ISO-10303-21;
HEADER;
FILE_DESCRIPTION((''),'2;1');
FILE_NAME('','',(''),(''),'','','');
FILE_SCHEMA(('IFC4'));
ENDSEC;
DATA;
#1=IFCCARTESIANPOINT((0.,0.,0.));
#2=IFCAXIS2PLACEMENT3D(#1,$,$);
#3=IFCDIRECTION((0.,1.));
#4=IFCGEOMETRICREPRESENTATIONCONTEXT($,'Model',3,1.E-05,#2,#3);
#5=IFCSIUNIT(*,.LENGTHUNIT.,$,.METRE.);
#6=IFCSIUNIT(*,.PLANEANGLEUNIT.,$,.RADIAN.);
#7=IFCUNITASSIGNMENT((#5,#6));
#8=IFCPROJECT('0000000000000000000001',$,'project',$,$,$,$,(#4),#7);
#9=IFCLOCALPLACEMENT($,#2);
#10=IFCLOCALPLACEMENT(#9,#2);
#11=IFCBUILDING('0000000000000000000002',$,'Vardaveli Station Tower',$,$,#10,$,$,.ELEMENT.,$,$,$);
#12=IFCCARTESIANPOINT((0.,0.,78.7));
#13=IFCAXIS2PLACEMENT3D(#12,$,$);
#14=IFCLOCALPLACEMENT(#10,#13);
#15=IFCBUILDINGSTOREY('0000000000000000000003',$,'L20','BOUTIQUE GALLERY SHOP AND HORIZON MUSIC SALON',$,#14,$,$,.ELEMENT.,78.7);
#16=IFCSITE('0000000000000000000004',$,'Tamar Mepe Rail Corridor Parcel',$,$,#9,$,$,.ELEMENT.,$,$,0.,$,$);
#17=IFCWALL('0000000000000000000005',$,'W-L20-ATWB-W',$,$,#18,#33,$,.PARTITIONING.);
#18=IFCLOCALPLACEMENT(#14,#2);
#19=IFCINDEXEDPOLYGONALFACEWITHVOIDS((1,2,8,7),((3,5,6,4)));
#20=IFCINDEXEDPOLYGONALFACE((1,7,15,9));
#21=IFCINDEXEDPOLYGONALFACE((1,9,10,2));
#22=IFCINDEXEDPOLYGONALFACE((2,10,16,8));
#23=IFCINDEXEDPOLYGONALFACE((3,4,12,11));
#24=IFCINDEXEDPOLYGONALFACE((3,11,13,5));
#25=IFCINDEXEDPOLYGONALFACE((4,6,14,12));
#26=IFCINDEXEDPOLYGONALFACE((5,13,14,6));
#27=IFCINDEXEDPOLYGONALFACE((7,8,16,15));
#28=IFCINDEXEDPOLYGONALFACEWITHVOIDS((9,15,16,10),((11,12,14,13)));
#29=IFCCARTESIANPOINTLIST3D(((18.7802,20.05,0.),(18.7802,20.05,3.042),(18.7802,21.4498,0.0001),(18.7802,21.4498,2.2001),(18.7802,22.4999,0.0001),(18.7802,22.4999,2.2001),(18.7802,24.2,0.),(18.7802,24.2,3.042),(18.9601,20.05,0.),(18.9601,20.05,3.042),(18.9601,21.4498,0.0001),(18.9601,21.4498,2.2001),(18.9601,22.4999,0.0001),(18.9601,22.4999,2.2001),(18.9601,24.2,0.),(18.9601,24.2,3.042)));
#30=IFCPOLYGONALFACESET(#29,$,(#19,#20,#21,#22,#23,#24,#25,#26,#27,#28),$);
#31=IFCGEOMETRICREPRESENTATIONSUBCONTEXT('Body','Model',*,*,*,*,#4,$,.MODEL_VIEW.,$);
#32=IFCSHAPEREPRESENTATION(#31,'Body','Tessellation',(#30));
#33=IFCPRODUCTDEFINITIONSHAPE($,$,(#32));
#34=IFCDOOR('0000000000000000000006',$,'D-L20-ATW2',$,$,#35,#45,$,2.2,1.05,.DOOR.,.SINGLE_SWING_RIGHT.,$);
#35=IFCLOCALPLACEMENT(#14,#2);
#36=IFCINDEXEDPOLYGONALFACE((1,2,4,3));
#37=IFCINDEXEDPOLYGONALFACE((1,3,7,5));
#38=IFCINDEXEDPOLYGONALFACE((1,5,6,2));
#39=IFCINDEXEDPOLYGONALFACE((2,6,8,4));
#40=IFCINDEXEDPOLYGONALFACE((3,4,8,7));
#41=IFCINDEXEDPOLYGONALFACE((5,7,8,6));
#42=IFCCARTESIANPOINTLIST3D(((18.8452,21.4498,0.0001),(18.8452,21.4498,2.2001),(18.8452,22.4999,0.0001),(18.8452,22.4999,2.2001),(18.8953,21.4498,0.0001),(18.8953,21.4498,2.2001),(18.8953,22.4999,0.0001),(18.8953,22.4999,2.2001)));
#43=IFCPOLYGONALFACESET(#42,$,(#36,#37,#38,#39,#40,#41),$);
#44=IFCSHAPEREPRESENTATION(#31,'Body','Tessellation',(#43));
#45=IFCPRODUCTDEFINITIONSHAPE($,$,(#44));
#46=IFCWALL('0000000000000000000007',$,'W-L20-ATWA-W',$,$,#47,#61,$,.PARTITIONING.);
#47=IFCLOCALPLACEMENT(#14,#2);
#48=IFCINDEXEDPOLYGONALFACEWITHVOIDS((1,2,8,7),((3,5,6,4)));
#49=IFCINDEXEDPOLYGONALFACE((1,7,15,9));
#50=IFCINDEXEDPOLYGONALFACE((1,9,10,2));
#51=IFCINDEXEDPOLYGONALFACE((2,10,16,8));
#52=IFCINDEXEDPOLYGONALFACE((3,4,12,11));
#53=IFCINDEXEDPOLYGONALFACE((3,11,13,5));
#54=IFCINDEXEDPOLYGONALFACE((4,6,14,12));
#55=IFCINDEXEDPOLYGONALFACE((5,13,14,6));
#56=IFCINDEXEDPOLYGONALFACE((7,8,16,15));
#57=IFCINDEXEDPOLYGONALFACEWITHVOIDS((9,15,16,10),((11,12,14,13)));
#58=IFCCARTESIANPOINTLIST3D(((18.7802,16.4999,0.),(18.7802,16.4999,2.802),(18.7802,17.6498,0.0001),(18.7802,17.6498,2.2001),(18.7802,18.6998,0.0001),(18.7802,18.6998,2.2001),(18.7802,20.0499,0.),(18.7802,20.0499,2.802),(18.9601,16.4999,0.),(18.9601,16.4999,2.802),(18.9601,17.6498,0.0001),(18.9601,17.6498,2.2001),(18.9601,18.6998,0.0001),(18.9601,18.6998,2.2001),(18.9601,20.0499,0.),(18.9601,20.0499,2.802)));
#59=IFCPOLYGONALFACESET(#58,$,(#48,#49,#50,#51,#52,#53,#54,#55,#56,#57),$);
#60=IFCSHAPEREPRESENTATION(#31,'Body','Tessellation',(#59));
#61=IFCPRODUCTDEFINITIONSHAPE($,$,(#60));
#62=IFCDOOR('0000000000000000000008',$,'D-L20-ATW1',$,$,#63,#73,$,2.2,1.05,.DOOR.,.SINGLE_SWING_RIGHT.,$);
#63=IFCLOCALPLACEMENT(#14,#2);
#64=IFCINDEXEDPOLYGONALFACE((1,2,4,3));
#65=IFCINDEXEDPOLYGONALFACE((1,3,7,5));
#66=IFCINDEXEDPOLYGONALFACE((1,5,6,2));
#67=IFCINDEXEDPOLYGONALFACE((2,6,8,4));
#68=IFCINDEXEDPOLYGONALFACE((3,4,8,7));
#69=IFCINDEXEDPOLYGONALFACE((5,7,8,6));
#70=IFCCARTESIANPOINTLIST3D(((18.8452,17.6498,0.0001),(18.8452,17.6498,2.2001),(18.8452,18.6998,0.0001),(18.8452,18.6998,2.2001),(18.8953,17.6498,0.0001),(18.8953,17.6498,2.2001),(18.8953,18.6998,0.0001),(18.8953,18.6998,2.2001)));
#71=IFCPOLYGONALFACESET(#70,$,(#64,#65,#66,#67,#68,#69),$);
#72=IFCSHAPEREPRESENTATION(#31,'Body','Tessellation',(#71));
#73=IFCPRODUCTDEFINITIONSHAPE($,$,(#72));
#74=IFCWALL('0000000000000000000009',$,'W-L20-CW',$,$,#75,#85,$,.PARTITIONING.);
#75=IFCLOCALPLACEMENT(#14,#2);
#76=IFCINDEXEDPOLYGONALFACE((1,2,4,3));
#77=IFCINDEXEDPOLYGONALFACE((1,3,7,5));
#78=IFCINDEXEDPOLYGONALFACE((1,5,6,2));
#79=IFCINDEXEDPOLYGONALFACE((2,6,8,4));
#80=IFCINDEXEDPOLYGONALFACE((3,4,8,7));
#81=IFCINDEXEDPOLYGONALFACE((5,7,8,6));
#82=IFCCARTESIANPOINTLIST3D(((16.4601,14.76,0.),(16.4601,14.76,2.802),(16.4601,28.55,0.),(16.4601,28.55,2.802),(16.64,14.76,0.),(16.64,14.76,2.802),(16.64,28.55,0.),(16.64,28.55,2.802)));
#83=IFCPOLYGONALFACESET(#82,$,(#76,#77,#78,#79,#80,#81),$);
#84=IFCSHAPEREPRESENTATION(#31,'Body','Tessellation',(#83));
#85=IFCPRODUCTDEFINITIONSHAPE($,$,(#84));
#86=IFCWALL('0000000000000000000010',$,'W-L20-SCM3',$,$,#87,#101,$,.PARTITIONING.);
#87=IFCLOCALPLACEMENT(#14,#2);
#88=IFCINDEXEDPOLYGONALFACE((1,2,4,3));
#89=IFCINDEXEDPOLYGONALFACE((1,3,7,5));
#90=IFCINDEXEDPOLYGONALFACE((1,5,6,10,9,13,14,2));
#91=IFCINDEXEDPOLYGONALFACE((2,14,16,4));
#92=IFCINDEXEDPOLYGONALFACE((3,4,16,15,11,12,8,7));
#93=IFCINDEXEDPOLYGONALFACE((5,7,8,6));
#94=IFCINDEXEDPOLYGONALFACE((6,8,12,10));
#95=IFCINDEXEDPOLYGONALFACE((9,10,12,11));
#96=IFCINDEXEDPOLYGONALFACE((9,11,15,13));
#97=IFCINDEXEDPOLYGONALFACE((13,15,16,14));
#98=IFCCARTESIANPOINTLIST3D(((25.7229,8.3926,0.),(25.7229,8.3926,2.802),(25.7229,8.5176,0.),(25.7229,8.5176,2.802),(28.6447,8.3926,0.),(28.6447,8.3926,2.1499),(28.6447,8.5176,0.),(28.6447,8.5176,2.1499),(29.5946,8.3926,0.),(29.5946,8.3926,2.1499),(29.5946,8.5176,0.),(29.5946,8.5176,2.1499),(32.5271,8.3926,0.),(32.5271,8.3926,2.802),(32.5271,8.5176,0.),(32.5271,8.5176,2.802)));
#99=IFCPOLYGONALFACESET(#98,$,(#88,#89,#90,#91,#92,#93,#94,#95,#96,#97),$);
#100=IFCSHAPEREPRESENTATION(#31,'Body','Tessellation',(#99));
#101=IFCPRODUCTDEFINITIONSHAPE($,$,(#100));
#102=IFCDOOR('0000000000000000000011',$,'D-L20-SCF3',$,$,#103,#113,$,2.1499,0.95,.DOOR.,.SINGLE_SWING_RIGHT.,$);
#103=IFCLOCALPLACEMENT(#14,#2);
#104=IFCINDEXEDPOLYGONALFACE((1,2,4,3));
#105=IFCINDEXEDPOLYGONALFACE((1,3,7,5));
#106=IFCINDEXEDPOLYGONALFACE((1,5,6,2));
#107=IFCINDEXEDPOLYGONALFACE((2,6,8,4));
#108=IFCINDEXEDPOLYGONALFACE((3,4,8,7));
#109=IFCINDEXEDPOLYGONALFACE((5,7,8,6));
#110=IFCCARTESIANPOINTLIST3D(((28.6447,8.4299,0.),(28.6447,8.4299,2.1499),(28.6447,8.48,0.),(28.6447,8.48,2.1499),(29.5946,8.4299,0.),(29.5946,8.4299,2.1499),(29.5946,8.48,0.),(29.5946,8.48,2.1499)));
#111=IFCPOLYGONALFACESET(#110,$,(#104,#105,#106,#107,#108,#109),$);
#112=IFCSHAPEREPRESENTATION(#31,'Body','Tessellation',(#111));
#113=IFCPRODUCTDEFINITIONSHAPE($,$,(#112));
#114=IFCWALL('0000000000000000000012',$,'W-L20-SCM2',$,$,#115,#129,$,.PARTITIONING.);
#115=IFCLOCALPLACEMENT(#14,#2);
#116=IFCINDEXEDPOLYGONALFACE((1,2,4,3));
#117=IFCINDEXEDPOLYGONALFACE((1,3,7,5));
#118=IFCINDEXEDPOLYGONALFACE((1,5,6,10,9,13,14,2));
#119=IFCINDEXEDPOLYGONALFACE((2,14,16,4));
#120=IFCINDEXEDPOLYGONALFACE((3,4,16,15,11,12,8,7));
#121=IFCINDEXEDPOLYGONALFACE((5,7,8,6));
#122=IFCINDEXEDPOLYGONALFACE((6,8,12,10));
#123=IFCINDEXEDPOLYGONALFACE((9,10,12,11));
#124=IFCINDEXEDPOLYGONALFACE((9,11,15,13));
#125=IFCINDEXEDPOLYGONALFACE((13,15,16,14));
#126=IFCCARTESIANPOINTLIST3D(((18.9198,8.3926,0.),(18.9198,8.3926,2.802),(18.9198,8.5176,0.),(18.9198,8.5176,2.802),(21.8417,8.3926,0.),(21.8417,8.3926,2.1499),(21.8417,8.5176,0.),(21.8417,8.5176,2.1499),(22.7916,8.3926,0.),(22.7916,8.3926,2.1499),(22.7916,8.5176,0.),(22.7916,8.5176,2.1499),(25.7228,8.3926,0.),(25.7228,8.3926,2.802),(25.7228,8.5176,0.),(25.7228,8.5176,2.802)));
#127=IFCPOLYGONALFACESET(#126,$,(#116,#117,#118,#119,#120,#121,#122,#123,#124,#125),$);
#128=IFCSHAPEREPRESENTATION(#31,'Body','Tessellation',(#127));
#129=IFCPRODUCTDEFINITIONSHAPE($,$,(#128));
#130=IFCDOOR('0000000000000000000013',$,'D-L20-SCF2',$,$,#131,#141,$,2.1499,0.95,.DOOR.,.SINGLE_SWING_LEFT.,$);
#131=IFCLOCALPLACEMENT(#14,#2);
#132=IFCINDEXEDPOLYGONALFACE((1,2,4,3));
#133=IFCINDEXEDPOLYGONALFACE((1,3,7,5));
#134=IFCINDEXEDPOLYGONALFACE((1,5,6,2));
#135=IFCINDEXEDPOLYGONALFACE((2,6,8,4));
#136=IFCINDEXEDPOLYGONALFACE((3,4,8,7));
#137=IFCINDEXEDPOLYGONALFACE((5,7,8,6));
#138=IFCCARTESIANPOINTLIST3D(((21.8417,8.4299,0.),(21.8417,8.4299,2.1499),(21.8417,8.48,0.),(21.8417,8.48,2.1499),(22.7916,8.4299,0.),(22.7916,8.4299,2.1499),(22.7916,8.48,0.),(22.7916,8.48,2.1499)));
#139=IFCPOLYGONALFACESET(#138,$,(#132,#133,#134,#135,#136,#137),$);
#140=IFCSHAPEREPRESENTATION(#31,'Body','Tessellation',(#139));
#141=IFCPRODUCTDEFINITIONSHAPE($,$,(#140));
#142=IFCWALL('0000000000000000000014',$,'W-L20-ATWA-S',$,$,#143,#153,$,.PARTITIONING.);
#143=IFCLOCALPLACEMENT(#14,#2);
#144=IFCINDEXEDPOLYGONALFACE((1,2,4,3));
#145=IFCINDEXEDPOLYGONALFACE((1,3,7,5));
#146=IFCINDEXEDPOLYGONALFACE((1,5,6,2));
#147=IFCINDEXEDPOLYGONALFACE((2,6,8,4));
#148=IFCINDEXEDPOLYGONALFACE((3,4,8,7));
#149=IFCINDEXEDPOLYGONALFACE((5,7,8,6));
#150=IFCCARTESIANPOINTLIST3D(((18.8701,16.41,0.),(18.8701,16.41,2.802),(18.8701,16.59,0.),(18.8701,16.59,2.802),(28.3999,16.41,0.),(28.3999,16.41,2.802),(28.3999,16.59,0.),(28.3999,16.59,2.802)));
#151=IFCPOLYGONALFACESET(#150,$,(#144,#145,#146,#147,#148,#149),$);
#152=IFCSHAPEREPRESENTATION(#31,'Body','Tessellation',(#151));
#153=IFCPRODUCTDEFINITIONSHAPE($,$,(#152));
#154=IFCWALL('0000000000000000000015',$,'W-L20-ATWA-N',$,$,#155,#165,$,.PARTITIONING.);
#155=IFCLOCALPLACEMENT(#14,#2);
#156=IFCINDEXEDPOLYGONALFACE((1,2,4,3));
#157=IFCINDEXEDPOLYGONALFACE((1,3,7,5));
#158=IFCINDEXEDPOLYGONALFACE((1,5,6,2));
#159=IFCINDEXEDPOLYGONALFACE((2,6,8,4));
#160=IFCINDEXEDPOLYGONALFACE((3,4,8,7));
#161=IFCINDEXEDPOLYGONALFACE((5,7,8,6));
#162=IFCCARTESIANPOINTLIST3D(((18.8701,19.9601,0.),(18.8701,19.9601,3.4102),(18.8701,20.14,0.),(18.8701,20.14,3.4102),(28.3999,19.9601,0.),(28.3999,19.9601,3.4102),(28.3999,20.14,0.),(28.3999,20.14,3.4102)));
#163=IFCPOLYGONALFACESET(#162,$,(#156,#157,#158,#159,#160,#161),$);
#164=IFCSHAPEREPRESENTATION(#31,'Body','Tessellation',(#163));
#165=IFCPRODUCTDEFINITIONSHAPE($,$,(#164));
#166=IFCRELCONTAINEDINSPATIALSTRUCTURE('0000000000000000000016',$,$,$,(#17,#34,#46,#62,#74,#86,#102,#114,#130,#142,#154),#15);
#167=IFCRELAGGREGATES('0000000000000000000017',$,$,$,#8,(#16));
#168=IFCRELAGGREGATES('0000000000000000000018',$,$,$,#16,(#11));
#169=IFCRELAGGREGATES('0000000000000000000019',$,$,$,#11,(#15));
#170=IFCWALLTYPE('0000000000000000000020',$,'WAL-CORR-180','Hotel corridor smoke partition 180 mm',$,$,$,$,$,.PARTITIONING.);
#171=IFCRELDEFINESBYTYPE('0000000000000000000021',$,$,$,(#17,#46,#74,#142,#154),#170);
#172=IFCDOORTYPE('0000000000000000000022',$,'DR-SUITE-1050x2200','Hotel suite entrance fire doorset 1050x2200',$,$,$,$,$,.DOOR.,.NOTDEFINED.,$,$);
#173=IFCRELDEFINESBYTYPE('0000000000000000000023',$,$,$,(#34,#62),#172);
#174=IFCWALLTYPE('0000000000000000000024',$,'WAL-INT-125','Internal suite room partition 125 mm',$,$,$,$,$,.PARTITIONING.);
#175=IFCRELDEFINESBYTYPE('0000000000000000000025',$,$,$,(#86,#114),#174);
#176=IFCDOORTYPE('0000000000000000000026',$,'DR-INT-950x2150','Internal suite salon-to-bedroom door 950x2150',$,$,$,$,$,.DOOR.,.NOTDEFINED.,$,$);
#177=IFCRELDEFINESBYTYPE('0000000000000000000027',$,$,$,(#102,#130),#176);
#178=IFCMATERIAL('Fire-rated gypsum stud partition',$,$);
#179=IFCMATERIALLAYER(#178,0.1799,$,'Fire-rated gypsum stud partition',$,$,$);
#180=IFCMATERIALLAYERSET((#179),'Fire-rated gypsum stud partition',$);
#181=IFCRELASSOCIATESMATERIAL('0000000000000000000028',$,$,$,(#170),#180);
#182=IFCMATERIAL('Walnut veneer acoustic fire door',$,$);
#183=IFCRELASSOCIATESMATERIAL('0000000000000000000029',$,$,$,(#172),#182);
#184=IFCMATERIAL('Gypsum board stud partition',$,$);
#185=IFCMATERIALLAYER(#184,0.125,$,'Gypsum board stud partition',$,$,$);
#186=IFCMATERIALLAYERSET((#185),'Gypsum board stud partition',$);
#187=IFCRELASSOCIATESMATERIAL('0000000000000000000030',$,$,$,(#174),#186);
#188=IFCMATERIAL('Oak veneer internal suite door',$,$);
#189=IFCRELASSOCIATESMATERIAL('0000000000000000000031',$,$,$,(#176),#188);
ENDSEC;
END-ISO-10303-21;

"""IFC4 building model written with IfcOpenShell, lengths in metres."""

from ifc_helpers import new_model, si_unit, direction, frame, frame_2d, origin, place, context, subcontext, project, spatial, rectangle, extrude, source, transform, mapped, material, layer, layer_set, type_object, element, fill, save


model = new_model("IFC4")

# Units and contexts
model_context = context("Model", 3, precision=1e-05, world=origin(), true_north=direction((0.0, 1.0)))
body_context = subcontext(model_context, "Body", "Model", "MODEL_VIEW")
ifc_project = project(units=[si_unit("LENGTHUNIT", "METRE"), si_unit("PLANEANGLEUNIT", "RADIAN")], contexts=[model_context])

# Site, building, storey
site_placement = place(None, origin())
site = spatial("IfcSite", under=ifc_project, at=site_placement, Name="Tamar Mepe Rail Corridor Parcel", CompositionType="ELEMENT", RefElevation=0.0)
building_placement = place(site_placement, origin())
building = spatial("IfcBuilding", under=site, at=building_placement, Name="Vardaveli Station Tower", CompositionType="ELEMENT")
storey_placement = place(building_placement, frame((0.0, 0.0, 78.7)))
storey = spatial("IfcBuildingStorey", under=building, at=storey_placement, Name="L20", Description="BOUTIQUE GALLERY SHOP AND HORIZON MUSIC SALON", CompositionType="ELEMENT", Elevation=78.7)

# Walls, openings, doors
ifc_material_1 = material(Name="Fire-rated gypsum stud partition")
ifc_layer_1 = layer(ifc_material_1, 0.1799, Name="Fire-rated gypsum stud partition")
ifc_layer_set_1 = layer_set([ifc_layer_1], Name="Fire-rated gypsum stud partition")
wall_type_1 = type_object("IfcWallType", Name="WAL-CORR-180", Description="Hotel corridor smoke partition 180 mm", PredefinedType="PARTITIONING", material=ifc_layer_set_1)
shared_shape_1 = source(origin(), body_context, "Body", "SweptSolid", [
    extrude(rectangle(XDim=4.1499, YDim=0.1799, at=frame_2d((2.075, 0.0))), origin(), (0.0, 0.0, 1.0), 3.042),
])
wall_1_placement = place(storey_placement, frame((18.8701, 20.05, 0.0), z_axis=(0.0, 0.0, 1.0), x_axis=(0.0, 1.0, 0.0)))
wall_1 = element("IfcWall", 1, at=wall_1_placement, inside=storey, type_object=wall_type_1, Name="W-L20-ATWB-W", PredefinedType="PARTITIONING", context=body_context, shape_type="MappedRepresentation", body=[
    mapped(shared_shape_1, transform((0.0, 0.0, 0.0), scale=1.0)),
])
shared_shape_2 = source(origin(), body_context, "Body", "SweptSolid", [
    extrude(rectangle(XDim=1.05, YDim=2.2, at=frame_2d((0.5249, 1.1001))), frame((0.0, 0.1001, 0.0), z_axis=(0.0, -1.0, 0.0), x_axis=(1.0, 0.0, 0.0)), (0.0, 0.0, 1.0), 0.2),
])
opening_1_placement = place(wall_1_placement, frame((1.3999, 0.0, 0.0)))
opening_1 = element("IfcOpeningElement", 2, at=opening_1_placement, cuts=wall_1, PredefinedType="OPENING", context=body_context, shape_type="MappedRepresentation", body=[
    mapped(shared_shape_2, transform((0.0, 0.0, 0.0), scale=1.0)),
])
ifc_material_2 = material(Name="Walnut veneer acoustic fire door")
door_type_1 = type_object("IfcDoorType", Name="DR-SUITE-1050x2200", Description="Hotel suite entrance fire doorset 1050x2200", OperationType="NOTDEFINED", PredefinedType="DOOR", material=ifc_material_2)
shared_shape_3 = source(origin(), body_context, "Body", "SweptSolid", [
    extrude(rectangle(XDim=1.05, YDim=2.2, at=frame_2d((0.5249, 1.1001))), frame((0.0, 0.0249, 0.0), z_axis=(0.0, -1.0, 0.0), x_axis=(1.0, 0.0, 0.0)), (0.0, 0.0, 1.0), 0.05),
])
door_1_placement = place(opening_1_placement, origin())
door_1 = element("IfcDoor", 3, at=door_1_placement, inside=storey, type_object=door_type_1, Name="D-L20-ATW2", OperationType="SINGLE_SWING_RIGHT", OverallHeight=2.2, OverallWidth=1.05, PredefinedType="DOOR", context=body_context, shape_type="MappedRepresentation", body=[
    mapped(shared_shape_3, transform((0.0, 0.0, 0.0), scale=1.0)),
])
fill(opening_1, door_1)
shared_shape_4 = source(origin(), body_context, "Body", "SweptSolid", [
    extrude(rectangle(XDim=3.55, YDim=0.1799, at=frame_2d((1.7749, 0.0))), origin(), (0.0, 0.0, 1.0), 2.802),
])
wall_2_placement = place(storey_placement, frame((18.8701, 16.5, 0.0), z_axis=(0.0, 0.0, 1.0), x_axis=(0.0, 1.0, 0.0)))
wall_2 = element("IfcWall", 4, at=wall_2_placement, inside=storey, type_object=wall_type_1, Name="W-L20-ATWA-W", PredefinedType="PARTITIONING", context=body_context, shape_type="MappedRepresentation", body=[
    mapped(shared_shape_4, transform((0.0, 0.0, 0.0), scale=1.0)),
])
opening_2_placement = place(wall_2_placement, frame((1.1499, 0.0, 0.0)))
opening_2 = element("IfcOpeningElement", 5, at=opening_2_placement, cuts=wall_2, PredefinedType="OPENING", context=body_context, shape_type="MappedRepresentation", body=[
    mapped(shared_shape_2, transform((0.0, 0.0, 0.0), scale=1.0)),
])
door_2_placement = place(opening_2_placement, origin())
door_2 = element("IfcDoor", 6, at=door_2_placement, inside=storey, type_object=door_type_1, Name="D-L20-ATW1", OperationType="SINGLE_SWING_RIGHT", OverallHeight=2.2, OverallWidth=1.05, PredefinedType="DOOR", context=body_context, shape_type="MappedRepresentation", body=[
    mapped(shared_shape_3, transform((0.0, 0.0, 0.0), scale=1.0)),
])
fill(opening_2, door_2)

# Wall
shared_shape_5 = source(origin(), body_context, "Body", "SweptSolid", [
    extrude(rectangle(XDim=13.79, YDim=0.1799, at=frame_2d((6.895, 0.0))), origin(), (0.0, 0.0, 1.0), 2.802),
])
wall_3_placement = place(storey_placement, frame((16.55, 14.76, 0.0), z_axis=(0.0, 0.0, 1.0), x_axis=(0.0, 1.0, 0.0)))
element("IfcWall", 7, at=wall_3_placement, inside=storey, type_object=wall_type_1, Name="W-L20-CW", PredefinedType="PARTITIONING", context=body_context, shape_type="MappedRepresentation", body=[
    mapped(shared_shape_5, transform((0.0, 0.0, 0.0), scale=1.0)),
])

# Walls, openings, doors
ifc_material_3 = material(Name="Gypsum board stud partition")
ifc_layer_2 = layer(ifc_material_3, 0.125, Name="Gypsum board stud partition")
ifc_layer_set_2 = layer_set([ifc_layer_2], Name="Gypsum board stud partition")
wall_type_2 = type_object("IfcWallType", Name="WAL-INT-125", Description="Internal suite room partition 125 mm", PredefinedType="PARTITIONING", material=ifc_layer_set_2)
shared_shape_6 = source(origin(), body_context, "Body", "SweptSolid", [
    extrude(rectangle(XDim=6.8042, YDim=0.125, at=frame_2d((3.4021, 0.0))), origin(), (0.0, 0.0, 1.0), 2.802),
])
wall_4_placement = place(storey_placement, frame((25.7229, 8.4551, 0.0), z_axis=(0.0, 0.0, 1.0), x_axis=(1.0, 0.0, 0.0)))
wall_4 = element("IfcWall", 8, at=wall_4_placement, inside=storey, type_object=wall_type_2, Name="W-L20-SCM3", PredefinedType="PARTITIONING", context=body_context, shape_type="MappedRepresentation", body=[
    mapped(shared_shape_6, transform((0.0, 0.0, 0.0), scale=1.0)),
])
shared_shape_7 = source(origin(), body_context, "Body", "SweptSolid", [
    extrude(rectangle(XDim=0.95, YDim=2.1499, at=frame_2d((0.4751, 1.075))), frame((0.0, 0.0725, 0.0), z_axis=(0.0, -1.0, 0.0), x_axis=(1.0, 0.0, 0.0)), (0.0, 0.0, 1.0), 0.145),
])
opening_3_placement = place(wall_4_placement, frame((2.9216, 0.0, 0.0)))
opening_3 = element("IfcOpeningElement", 9, at=opening_3_placement, cuts=wall_4, PredefinedType="OPENING", context=body_context, shape_type="MappedRepresentation", body=[
    mapped(shared_shape_7, transform((0.0, 0.0, 0.0), scale=1.0)),
])
ifc_material_4 = material(Name="Oak veneer internal suite door")
door_type_2 = type_object("IfcDoorType", Name="DR-INT-950x2150", Description="Internal suite salon-to-bedroom door 950x2150", OperationType="NOTDEFINED", PredefinedType="DOOR", material=ifc_material_4)
shared_shape_8 = source(origin(), body_context, "Body", "SweptSolid", [
    extrude(rectangle(XDim=0.95, YDim=2.1499, at=frame_2d((0.4751, 1.075))), frame((0.0, 0.0249, 0.0), z_axis=(0.0, -1.0, 0.0), x_axis=(1.0, 0.0, 0.0)), (0.0, 0.0, 1.0), 0.05),
])
door_3_placement = place(opening_3_placement, origin())
door_3 = element("IfcDoor", 10, at=door_3_placement, inside=storey, type_object=door_type_2, Name="D-L20-SCF3", OperationType="SINGLE_SWING_RIGHT", OverallHeight=2.1499, OverallWidth=0.95, PredefinedType="DOOR", context=body_context, shape_type="MappedRepresentation", body=[
    mapped(shared_shape_8, transform((0.0, 0.0, 0.0), scale=1.0)),
])
fill(opening_3, door_3)
shared_shape_9 = source(origin(), body_context, "Body", "SweptSolid", [
    extrude(rectangle(XDim=6.803, YDim=0.125, at=frame_2d((3.4014, 0.0))), origin(), (0.0, 0.0, 1.0), 2.802),
])
wall_5_placement = place(storey_placement, frame((18.9199, 8.4551, 0.0), z_axis=(0.0, 0.0, 1.0), x_axis=(1.0, 0.0, 0.0)))
wall_5 = element("IfcWall", 11, at=wall_5_placement, inside=storey, type_object=wall_type_2, Name="W-L20-SCM2", PredefinedType="PARTITIONING", context=body_context, shape_type="MappedRepresentation", body=[
    mapped(shared_shape_9, transform((0.0, 0.0, 0.0), scale=1.0)),
])
opening_4_placement = place(wall_5_placement, frame((2.9216, 0.0, 0.0)))
opening_4 = element("IfcOpeningElement", 12, at=opening_4_placement, cuts=wall_5, PredefinedType="OPENING", context=body_context, shape_type="MappedRepresentation", body=[
    mapped(shared_shape_7, transform((0.0, 0.0, 0.0), scale=1.0)),
])
door_4_placement = place(opening_4_placement, origin())
door_4 = element("IfcDoor", 13, at=door_4_placement, inside=storey, type_object=door_type_2, Name="D-L20-SCF2", OperationType="SINGLE_SWING_LEFT", OverallHeight=2.1499, OverallWidth=0.95, PredefinedType="DOOR", context=body_context, shape_type="MappedRepresentation", body=[
    mapped(shared_shape_8, transform((0.0, 0.0, 0.0), scale=1.0)),
])
fill(opening_4, door_4)

# Walls
shared_shape_10 = source(origin(), body_context, "Body", "SweptSolid", [
    extrude(rectangle(XDim=9.5298, YDim=0.1799, at=frame_2d((4.7649, 0.0))), origin(), (0.0, 0.0, 1.0), 2.802),
])
wall_6_placement = place(storey_placement, frame((18.8701, 16.5, 0.0), z_axis=(0.0, 0.0, 1.0), x_axis=(1.0, 0.0, 0.0)))
element("IfcWall", 14, at=wall_6_placement, inside=storey, type_object=wall_type_1, Name="W-L20-ATWA-S", PredefinedType="PARTITIONING", context=body_context, shape_type="MappedRepresentation", body=[
    mapped(shared_shape_10, transform((0.0, 0.0, 0.0), scale=1.0)),
])
shared_shape_11 = source(origin(), body_context, "Body", "SweptSolid", [
    extrude(rectangle(XDim=9.5298, YDim=0.1799, at=frame_2d((4.7649, 0.0))), origin(), (0.0, 0.0, 1.0), 3.4102),
])
wall_7_placement = place(storey_placement, frame((18.8701, 20.05, 0.0), z_axis=(0.0, 0.0, 1.0), x_axis=(1.0, 0.0, 0.0)))
element("IfcWall", 15, at=wall_7_placement, inside=storey, type_object=wall_type_1, Name="W-L20-ATWA-N", PredefinedType="PARTITIONING", context=body_context, shape_type="MappedRepresentation", body=[
    mapped(shared_shape_11, transform((0.0, 0.0, 0.0), scale=1.0)),
])

save(model, "model.ifc")
